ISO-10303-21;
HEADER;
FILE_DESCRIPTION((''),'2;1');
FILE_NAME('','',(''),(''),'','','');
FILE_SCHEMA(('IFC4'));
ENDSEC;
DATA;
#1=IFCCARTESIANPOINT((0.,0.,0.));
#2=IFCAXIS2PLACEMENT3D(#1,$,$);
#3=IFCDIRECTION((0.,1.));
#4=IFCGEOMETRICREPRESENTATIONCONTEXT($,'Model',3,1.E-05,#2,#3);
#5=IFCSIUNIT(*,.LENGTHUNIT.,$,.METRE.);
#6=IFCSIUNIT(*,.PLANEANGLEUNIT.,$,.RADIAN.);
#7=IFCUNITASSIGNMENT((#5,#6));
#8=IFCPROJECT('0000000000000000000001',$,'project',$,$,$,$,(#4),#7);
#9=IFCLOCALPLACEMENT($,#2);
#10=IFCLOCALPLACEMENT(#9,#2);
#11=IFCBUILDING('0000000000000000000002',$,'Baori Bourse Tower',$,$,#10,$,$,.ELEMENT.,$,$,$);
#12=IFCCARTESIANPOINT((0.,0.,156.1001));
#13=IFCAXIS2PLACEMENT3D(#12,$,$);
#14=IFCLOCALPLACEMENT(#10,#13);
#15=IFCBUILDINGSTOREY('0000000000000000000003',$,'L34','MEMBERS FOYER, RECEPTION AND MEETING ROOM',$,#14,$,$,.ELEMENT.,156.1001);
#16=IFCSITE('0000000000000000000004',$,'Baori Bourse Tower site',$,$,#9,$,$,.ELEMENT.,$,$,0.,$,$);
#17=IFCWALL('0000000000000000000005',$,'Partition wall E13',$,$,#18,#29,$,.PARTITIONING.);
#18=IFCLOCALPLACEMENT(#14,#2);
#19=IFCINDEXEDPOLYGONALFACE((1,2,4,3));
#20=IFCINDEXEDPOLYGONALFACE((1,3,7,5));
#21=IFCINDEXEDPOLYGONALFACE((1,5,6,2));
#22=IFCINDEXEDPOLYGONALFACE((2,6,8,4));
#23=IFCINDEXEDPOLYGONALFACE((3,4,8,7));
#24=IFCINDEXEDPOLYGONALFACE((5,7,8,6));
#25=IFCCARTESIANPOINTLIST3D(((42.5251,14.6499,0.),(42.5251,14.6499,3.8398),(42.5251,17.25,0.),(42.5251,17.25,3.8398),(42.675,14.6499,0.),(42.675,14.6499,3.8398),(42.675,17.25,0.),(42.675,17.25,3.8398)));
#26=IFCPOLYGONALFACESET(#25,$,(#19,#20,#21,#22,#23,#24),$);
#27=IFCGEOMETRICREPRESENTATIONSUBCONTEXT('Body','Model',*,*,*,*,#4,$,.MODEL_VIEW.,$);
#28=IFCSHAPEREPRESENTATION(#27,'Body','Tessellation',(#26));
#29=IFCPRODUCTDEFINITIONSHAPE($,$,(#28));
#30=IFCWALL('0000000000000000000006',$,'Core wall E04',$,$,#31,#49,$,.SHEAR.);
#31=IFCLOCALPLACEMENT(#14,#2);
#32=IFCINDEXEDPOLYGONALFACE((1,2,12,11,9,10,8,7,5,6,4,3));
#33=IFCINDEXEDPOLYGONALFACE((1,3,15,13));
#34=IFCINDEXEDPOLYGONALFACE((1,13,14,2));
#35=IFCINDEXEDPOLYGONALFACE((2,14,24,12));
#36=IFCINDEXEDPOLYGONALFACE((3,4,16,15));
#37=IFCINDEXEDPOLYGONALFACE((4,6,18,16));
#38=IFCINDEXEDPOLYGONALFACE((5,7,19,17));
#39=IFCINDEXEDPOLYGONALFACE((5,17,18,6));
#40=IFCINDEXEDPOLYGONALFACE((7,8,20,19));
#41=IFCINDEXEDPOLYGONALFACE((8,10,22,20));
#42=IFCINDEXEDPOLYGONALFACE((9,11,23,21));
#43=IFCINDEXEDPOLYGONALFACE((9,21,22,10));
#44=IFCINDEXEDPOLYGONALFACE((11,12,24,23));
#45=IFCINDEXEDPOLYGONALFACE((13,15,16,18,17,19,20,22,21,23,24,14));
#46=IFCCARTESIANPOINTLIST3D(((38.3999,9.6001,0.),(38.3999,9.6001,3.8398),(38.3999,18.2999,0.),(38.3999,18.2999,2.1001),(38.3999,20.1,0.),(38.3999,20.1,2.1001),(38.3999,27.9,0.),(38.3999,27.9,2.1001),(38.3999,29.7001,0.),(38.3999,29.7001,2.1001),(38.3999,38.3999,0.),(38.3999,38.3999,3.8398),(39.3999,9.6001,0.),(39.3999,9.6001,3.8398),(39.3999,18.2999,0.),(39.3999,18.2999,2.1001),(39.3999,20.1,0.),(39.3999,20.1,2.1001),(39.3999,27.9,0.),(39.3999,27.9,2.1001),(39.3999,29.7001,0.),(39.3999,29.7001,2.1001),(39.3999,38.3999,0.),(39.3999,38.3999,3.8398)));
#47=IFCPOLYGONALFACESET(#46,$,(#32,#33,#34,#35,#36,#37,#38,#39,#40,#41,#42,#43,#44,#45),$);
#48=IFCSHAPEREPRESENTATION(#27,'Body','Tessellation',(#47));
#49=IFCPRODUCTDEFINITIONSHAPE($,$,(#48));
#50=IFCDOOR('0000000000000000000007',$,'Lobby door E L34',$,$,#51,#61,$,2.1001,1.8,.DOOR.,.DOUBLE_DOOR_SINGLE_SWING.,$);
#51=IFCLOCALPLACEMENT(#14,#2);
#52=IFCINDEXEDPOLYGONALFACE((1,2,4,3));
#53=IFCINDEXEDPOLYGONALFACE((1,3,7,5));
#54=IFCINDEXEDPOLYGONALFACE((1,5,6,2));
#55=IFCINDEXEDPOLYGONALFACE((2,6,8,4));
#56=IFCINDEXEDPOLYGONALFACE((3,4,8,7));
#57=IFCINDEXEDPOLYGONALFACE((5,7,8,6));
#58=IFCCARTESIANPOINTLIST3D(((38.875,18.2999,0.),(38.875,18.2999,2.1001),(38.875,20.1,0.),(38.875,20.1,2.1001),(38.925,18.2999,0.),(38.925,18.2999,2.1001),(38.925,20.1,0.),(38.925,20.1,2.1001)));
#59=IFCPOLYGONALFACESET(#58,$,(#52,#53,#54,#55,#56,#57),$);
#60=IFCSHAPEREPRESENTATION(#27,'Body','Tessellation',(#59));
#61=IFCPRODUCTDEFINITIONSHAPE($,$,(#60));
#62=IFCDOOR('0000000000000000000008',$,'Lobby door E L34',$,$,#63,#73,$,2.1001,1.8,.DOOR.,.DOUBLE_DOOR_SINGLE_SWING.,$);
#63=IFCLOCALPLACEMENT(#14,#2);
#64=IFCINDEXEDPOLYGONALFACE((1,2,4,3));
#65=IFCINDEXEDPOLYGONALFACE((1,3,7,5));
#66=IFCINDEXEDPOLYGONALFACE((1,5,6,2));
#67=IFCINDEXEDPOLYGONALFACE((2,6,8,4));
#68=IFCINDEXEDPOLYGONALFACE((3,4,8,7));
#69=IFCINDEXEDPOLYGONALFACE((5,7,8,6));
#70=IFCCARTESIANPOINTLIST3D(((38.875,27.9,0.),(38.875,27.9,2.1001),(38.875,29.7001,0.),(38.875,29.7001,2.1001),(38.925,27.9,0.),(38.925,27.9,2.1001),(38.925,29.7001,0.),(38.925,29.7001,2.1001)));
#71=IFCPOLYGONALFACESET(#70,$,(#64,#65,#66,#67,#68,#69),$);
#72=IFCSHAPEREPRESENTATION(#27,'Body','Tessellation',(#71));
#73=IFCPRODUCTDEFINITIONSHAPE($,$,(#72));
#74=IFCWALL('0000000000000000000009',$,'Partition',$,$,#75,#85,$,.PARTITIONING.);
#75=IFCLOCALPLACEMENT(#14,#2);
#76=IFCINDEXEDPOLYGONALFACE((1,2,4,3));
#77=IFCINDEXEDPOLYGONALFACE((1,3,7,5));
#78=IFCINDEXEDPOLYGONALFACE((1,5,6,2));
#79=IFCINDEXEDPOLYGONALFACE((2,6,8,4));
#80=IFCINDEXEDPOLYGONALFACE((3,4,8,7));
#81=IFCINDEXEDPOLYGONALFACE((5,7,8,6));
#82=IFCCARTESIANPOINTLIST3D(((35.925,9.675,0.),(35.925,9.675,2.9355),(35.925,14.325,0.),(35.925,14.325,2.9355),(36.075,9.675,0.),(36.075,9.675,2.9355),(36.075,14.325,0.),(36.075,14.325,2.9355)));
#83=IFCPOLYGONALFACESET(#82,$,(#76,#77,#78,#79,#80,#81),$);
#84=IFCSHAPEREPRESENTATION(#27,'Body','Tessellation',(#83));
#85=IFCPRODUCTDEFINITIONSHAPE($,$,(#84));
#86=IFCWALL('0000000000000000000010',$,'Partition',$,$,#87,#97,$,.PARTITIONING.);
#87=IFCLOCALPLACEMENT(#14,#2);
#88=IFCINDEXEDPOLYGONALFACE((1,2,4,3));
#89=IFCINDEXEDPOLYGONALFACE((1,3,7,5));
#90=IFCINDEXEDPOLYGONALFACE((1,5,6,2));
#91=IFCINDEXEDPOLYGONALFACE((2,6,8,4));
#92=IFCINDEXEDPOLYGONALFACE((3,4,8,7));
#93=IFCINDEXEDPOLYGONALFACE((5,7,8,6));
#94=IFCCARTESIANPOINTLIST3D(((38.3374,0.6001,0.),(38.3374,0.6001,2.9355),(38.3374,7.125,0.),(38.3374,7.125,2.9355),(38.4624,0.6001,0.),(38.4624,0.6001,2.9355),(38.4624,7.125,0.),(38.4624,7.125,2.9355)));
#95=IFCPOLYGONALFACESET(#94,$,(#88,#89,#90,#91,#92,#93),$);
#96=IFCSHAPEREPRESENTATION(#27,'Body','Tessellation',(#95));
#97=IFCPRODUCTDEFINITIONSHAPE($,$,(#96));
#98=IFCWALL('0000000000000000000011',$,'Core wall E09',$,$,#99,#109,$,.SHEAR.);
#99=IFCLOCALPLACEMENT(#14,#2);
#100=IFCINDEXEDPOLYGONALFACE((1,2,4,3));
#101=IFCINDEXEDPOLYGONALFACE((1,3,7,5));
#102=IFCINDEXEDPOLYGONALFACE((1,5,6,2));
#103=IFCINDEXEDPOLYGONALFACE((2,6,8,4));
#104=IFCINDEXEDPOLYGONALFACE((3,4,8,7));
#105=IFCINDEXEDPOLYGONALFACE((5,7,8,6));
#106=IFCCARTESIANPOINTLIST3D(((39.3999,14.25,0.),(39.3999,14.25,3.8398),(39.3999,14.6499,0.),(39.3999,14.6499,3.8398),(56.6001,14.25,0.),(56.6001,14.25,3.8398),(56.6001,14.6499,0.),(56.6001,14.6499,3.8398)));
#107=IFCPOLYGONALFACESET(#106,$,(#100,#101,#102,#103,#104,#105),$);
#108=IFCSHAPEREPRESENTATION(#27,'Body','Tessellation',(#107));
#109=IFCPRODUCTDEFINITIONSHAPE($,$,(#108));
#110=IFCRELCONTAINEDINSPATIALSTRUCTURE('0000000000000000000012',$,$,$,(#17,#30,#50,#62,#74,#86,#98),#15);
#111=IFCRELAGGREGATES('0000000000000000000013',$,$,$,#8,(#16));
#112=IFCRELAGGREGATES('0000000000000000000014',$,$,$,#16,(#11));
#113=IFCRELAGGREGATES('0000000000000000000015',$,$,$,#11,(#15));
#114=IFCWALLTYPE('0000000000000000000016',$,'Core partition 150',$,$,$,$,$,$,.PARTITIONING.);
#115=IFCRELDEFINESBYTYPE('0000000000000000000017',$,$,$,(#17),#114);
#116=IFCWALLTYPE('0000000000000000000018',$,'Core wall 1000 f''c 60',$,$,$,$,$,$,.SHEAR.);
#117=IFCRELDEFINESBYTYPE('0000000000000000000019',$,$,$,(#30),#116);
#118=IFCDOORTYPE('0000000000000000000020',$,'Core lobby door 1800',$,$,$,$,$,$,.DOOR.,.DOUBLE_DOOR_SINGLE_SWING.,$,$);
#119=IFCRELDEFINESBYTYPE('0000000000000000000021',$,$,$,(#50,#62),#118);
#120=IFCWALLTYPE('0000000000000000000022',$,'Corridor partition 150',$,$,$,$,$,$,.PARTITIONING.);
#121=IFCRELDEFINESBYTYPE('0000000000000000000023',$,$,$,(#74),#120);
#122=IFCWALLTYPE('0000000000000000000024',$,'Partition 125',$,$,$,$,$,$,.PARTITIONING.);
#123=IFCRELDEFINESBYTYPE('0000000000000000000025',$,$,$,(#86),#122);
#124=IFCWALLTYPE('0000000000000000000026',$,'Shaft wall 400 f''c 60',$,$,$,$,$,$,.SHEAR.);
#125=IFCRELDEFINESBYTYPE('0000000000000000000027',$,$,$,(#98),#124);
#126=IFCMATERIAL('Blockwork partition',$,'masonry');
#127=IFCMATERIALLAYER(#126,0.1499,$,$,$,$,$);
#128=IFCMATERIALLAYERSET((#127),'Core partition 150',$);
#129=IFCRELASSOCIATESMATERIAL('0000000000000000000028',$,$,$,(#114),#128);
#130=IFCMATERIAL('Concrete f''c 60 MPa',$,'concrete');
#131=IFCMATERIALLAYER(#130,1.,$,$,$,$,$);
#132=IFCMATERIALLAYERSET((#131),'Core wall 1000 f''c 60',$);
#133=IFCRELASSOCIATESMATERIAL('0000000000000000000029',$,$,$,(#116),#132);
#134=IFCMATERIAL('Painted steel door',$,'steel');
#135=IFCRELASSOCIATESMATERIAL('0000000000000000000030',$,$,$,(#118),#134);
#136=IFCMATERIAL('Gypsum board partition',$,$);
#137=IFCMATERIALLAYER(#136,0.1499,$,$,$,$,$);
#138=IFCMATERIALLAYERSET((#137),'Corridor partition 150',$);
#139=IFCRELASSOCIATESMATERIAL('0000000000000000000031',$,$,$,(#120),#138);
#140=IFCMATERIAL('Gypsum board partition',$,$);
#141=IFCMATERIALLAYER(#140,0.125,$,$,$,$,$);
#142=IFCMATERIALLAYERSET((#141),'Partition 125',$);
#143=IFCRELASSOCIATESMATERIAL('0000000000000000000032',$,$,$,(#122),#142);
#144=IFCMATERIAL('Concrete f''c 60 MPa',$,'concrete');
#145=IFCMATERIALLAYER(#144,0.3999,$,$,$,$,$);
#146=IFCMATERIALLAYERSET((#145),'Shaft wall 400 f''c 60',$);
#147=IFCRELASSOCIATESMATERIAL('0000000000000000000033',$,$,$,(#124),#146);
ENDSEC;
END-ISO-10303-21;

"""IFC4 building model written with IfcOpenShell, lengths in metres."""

from ifc_helpers import new_model, si_unit, direction, frame, frame_2d, origin, place, context, subcontext, project, spatial, rectangle, extrude, material, layer, layer_set, type_object, element, fill, save


model = new_model("IFC4")

# Units and contexts
model_context = context("Model", 3, precision=1e-05, world=origin(), true_north=direction((0.0, 1.0)))
body_context = subcontext(model_context, "Body", "Model", "MODEL_VIEW")
ifc_project = project(units=[si_unit("LENGTHUNIT", "METRE"), si_unit("PLANEANGLEUNIT", "RADIAN")], contexts=[model_context])

# Site, building, storey
site_placement = place(None, origin())
site = spatial("IfcSite", under=ifc_project, at=site_placement, Name="Baori Bourse Tower site", CompositionType="ELEMENT", RefElevation=0.0)
building_placement = place(site_placement, origin())
building = spatial("IfcBuilding", under=site, at=building_placement, Name="Baori Bourse Tower", CompositionType="ELEMENT")
storey_placement = place(building_placement, frame((0.0, 0.0, 156.1001)))
storey = spatial("IfcBuildingStorey", under=building, at=storey_placement, Name="L34", Description="MEMBERS FOYER, RECEPTION AND MEETING ROOM", CompositionType="ELEMENT", Elevation=156.1001)

# Wall
ifc_material_1 = material(Name="Blockwork partition", Category="masonry")
ifc_layer_1 = layer(ifc_material_1, 0.1499)
ifc_layer_set_1 = layer_set([ifc_layer_1], Name="Core partition 150")
wall_type_1 = type_object("IfcWallType", Name="Core partition 150", PredefinedType="PARTITIONING", material=ifc_layer_set_1)
wall_1_placement = place(storey_placement, frame((42.6001, 14.6499, 0.0), z_axis=(0.0, 0.0, 1.0), x_axis=(0.0, 1.0, 0.0)))
element("IfcWall", 1, at=wall_1_placement, inside=storey, type_object=wall_type_1, Name="Partition wall E13", PredefinedType="PARTITIONING", context=body_context, shape_type="SweptSolid", body=[
    extrude(rectangle(XDim=2.6001, YDim=0.1499, at=frame_2d((1.3, 0.0))), origin(), (0.0, 0.0, 1.0), 3.8398),
])

# Wall, openings, doors
ifc_material_2 = material(Name="Concrete f'c 60 MPa", Category="concrete")
ifc_layer_2 = layer(ifc_material_2, 1.0)
ifc_layer_set_2 = layer_set([ifc_layer_2], Name="Core wall 1000 f'c 60")
wall_type_2 = type_object("IfcWallType", Name="Core wall 1000 f'c 60", PredefinedType="SHEAR", material=ifc_layer_set_2)
wall_2_placement = place(storey_placement, frame((38.8999, 9.6001, 0.0), z_axis=(0.0, 0.0, 1.0), x_axis=(0.0, 1.0, 0.0)))
wall_2 = element("IfcWall", 2, at=wall_2_placement, inside=storey, type_object=wall_type_2, Name="Core wall E04", PredefinedType="SHEAR", context=body_context, shape_type="SweptSolid", body=[
    extrude(rectangle(XDim=28.7998, YDim=1.0, at=frame_2d((14.3999, 0.0))), origin(), (0.0, 0.0, 1.0), 3.8398),
])
opening_1_placement = place(wall_2_placement, frame((8.7, 0.0, 0.0)))
opening_1 = element("IfcOpeningElement", 3, at=opening_1_placement, cuts=wall_2, PredefinedType="OPENING", context=body_context, shape_type="SweptSolid", body=[
    extrude(rectangle(XDim=1.8, YDim=2.1001, at=frame_2d((0.8999, 1.05))), frame((0.0, 0.51, 0.0), z_axis=(0.0, -1.0, 0.0), x_axis=(1.0, 0.0, 0.0)), (0.0, 0.0, 1.0), 1.02),
])
opening_2_placement = place(wall_2_placement, frame((18.3, 0.0, 0.0)))
opening_2 = element("IfcOpeningElement", 4, at=opening_2_placement, cuts=wall_2, PredefinedType="OPENING", context=body_context, shape_type="SweptSolid", body=[
    extrude(rectangle(XDim=1.8, YDim=2.1001, at=frame_2d((0.8999, 1.05))), frame((0.0, 0.51, 0.0), z_axis=(0.0, -1.0, 0.0), x_axis=(1.0, 0.0, 0.0)), (0.0, 0.0, 1.0), 1.02),
])
ifc_material_3 = material(Name="Painted steel door", Category="steel")
door_type_1 = type_object("IfcDoorType", Name="Core lobby door 1800", OperationType="DOUBLE_DOOR_SINGLE_SWING", PredefinedType="DOOR", material=ifc_material_3)
door_1_placement = place(opening_1_placement, origin())
door_1 = element("IfcDoor", 5, at=door_1_placement, inside=storey, type_object=door_type_1, Name="Lobby door E L34", OperationType="DOUBLE_DOOR_SINGLE_SWING", OverallHeight=2.1001, OverallWidth=1.8, PredefinedType="DOOR", context=body_context, shape_type="SweptSolid", body=[
    extrude(rectangle(XDim=1.8, YDim=2.1001, at=frame_2d((0.8999, 1.05))), frame((0.0, 0.0249, 0.0), z_axis=(0.0, -1.0, 0.0), x_axis=(1.0, 0.0, 0.0)), (0.0, 0.0, 1.0), 0.05),
])
fill(opening_1, door_1)
door_2_placement = place(opening_2_placement, origin())
door_2 = element("IfcDoor", 6, at=door_2_placement, inside=storey, type_object=door_type_1, Name="Lobby door E L34", OperationType="DOUBLE_DOOR_SINGLE_SWING", OverallHeight=2.1001, OverallWidth=1.8, PredefinedType="DOOR", context=body_context, shape_type="SweptSolid", body=[
    extrude(rectangle(XDim=1.8, YDim=2.1001, at=frame_2d((0.8999, 1.05))), frame((0.0, 0.0249, 0.0), z_axis=(0.0, -1.0, 0.0), x_axis=(1.0, 0.0, 0.0)), (0.0, 0.0, 1.0), 0.05),
])
fill(opening_2, door_2)

# Walls
ifc_material_4 = material(Name="Gypsum board partition")
ifc_layer_3 = layer(ifc_material_4, 0.1499)
ifc_layer_set_3 = layer_set([ifc_layer_3], Name="Corridor partition 150")
wall_type_3 = type_object("IfcWallType", Name="Corridor partition 150", PredefinedType="PARTITIONING", material=ifc_layer_set_3)
wall_3_placement = place(storey_placement, frame((36.0, 9.675, 0.0), z_axis=(0.0, 0.0, 1.0), x_axis=(0.0, 1.0, 0.0)))
element("IfcWall", 7, at=wall_3_placement, inside=storey, type_object=wall_type_3, Name="Partition", PredefinedType="PARTITIONING", context=body_context, shape_type="SweptSolid", body=[
    extrude(rectangle(XDim=4.6499, YDim=0.1499, at=frame_2d((2.325, 0.0))), origin(), (0.0, 0.0, 1.0), 2.9355),
])
ifc_material_5 = material(Name="Gypsum board partition")
ifc_layer_4 = layer(ifc_material_5, 0.125)
ifc_layer_set_4 = layer_set([ifc_layer_4], Name="Partition 125")
wall_type_4 = type_object("IfcWallType", Name="Partition 125", PredefinedType="PARTITIONING", material=ifc_layer_set_4)
wall_4_placement = place(storey_placement, frame((38.3999, 0.6001, 0.0), z_axis=(0.0, 0.0, 1.0), x_axis=(0.0, 1.0, 0.0)))
element("IfcWall", 8, at=wall_4_placement, inside=storey, type_object=wall_type_4, Name="Partition", PredefinedType="PARTITIONING", context=body_context, shape_type="SweptSolid", body=[
    extrude(rectangle(XDim=6.5249, YDim=0.125, at=frame_2d((3.2625, 0.0))), origin(), (0.0, 0.0, 1.0), 2.9355),
])
ifc_material_6 = material(Name="Concrete f'c 60 MPa", Category="concrete")
ifc_layer_5 = layer(ifc_material_6, 0.3999)
ifc_layer_set_5 = layer_set([ifc_layer_5], Name="Shaft wall 400 f'c 60")
wall_type_5 = type_object("IfcWallType", Name="Shaft wall 400 f'c 60", PredefinedType="SHEAR", material=ifc_layer_set_5)
wall_5_placement = place(storey_placement, frame((39.3999, 14.45, 0.0), z_axis=(0.0, 0.0, 1.0), x_axis=(1.0, 0.0, 0.0)))
element("IfcWall", 9, at=wall_5_placement, inside=storey, type_object=wall_type_5, Name="Core wall E09", PredefinedType="SHEAR", context=body_context, shape_type="SweptSolid", body=[
    extrude(rectangle(XDim=17.2002, YDim=0.3999, at=frame_2d((8.6001, 0.0))), origin(), (0.0, 0.0, 1.0), 3.8398),
])

save(model, "model.ifc")
